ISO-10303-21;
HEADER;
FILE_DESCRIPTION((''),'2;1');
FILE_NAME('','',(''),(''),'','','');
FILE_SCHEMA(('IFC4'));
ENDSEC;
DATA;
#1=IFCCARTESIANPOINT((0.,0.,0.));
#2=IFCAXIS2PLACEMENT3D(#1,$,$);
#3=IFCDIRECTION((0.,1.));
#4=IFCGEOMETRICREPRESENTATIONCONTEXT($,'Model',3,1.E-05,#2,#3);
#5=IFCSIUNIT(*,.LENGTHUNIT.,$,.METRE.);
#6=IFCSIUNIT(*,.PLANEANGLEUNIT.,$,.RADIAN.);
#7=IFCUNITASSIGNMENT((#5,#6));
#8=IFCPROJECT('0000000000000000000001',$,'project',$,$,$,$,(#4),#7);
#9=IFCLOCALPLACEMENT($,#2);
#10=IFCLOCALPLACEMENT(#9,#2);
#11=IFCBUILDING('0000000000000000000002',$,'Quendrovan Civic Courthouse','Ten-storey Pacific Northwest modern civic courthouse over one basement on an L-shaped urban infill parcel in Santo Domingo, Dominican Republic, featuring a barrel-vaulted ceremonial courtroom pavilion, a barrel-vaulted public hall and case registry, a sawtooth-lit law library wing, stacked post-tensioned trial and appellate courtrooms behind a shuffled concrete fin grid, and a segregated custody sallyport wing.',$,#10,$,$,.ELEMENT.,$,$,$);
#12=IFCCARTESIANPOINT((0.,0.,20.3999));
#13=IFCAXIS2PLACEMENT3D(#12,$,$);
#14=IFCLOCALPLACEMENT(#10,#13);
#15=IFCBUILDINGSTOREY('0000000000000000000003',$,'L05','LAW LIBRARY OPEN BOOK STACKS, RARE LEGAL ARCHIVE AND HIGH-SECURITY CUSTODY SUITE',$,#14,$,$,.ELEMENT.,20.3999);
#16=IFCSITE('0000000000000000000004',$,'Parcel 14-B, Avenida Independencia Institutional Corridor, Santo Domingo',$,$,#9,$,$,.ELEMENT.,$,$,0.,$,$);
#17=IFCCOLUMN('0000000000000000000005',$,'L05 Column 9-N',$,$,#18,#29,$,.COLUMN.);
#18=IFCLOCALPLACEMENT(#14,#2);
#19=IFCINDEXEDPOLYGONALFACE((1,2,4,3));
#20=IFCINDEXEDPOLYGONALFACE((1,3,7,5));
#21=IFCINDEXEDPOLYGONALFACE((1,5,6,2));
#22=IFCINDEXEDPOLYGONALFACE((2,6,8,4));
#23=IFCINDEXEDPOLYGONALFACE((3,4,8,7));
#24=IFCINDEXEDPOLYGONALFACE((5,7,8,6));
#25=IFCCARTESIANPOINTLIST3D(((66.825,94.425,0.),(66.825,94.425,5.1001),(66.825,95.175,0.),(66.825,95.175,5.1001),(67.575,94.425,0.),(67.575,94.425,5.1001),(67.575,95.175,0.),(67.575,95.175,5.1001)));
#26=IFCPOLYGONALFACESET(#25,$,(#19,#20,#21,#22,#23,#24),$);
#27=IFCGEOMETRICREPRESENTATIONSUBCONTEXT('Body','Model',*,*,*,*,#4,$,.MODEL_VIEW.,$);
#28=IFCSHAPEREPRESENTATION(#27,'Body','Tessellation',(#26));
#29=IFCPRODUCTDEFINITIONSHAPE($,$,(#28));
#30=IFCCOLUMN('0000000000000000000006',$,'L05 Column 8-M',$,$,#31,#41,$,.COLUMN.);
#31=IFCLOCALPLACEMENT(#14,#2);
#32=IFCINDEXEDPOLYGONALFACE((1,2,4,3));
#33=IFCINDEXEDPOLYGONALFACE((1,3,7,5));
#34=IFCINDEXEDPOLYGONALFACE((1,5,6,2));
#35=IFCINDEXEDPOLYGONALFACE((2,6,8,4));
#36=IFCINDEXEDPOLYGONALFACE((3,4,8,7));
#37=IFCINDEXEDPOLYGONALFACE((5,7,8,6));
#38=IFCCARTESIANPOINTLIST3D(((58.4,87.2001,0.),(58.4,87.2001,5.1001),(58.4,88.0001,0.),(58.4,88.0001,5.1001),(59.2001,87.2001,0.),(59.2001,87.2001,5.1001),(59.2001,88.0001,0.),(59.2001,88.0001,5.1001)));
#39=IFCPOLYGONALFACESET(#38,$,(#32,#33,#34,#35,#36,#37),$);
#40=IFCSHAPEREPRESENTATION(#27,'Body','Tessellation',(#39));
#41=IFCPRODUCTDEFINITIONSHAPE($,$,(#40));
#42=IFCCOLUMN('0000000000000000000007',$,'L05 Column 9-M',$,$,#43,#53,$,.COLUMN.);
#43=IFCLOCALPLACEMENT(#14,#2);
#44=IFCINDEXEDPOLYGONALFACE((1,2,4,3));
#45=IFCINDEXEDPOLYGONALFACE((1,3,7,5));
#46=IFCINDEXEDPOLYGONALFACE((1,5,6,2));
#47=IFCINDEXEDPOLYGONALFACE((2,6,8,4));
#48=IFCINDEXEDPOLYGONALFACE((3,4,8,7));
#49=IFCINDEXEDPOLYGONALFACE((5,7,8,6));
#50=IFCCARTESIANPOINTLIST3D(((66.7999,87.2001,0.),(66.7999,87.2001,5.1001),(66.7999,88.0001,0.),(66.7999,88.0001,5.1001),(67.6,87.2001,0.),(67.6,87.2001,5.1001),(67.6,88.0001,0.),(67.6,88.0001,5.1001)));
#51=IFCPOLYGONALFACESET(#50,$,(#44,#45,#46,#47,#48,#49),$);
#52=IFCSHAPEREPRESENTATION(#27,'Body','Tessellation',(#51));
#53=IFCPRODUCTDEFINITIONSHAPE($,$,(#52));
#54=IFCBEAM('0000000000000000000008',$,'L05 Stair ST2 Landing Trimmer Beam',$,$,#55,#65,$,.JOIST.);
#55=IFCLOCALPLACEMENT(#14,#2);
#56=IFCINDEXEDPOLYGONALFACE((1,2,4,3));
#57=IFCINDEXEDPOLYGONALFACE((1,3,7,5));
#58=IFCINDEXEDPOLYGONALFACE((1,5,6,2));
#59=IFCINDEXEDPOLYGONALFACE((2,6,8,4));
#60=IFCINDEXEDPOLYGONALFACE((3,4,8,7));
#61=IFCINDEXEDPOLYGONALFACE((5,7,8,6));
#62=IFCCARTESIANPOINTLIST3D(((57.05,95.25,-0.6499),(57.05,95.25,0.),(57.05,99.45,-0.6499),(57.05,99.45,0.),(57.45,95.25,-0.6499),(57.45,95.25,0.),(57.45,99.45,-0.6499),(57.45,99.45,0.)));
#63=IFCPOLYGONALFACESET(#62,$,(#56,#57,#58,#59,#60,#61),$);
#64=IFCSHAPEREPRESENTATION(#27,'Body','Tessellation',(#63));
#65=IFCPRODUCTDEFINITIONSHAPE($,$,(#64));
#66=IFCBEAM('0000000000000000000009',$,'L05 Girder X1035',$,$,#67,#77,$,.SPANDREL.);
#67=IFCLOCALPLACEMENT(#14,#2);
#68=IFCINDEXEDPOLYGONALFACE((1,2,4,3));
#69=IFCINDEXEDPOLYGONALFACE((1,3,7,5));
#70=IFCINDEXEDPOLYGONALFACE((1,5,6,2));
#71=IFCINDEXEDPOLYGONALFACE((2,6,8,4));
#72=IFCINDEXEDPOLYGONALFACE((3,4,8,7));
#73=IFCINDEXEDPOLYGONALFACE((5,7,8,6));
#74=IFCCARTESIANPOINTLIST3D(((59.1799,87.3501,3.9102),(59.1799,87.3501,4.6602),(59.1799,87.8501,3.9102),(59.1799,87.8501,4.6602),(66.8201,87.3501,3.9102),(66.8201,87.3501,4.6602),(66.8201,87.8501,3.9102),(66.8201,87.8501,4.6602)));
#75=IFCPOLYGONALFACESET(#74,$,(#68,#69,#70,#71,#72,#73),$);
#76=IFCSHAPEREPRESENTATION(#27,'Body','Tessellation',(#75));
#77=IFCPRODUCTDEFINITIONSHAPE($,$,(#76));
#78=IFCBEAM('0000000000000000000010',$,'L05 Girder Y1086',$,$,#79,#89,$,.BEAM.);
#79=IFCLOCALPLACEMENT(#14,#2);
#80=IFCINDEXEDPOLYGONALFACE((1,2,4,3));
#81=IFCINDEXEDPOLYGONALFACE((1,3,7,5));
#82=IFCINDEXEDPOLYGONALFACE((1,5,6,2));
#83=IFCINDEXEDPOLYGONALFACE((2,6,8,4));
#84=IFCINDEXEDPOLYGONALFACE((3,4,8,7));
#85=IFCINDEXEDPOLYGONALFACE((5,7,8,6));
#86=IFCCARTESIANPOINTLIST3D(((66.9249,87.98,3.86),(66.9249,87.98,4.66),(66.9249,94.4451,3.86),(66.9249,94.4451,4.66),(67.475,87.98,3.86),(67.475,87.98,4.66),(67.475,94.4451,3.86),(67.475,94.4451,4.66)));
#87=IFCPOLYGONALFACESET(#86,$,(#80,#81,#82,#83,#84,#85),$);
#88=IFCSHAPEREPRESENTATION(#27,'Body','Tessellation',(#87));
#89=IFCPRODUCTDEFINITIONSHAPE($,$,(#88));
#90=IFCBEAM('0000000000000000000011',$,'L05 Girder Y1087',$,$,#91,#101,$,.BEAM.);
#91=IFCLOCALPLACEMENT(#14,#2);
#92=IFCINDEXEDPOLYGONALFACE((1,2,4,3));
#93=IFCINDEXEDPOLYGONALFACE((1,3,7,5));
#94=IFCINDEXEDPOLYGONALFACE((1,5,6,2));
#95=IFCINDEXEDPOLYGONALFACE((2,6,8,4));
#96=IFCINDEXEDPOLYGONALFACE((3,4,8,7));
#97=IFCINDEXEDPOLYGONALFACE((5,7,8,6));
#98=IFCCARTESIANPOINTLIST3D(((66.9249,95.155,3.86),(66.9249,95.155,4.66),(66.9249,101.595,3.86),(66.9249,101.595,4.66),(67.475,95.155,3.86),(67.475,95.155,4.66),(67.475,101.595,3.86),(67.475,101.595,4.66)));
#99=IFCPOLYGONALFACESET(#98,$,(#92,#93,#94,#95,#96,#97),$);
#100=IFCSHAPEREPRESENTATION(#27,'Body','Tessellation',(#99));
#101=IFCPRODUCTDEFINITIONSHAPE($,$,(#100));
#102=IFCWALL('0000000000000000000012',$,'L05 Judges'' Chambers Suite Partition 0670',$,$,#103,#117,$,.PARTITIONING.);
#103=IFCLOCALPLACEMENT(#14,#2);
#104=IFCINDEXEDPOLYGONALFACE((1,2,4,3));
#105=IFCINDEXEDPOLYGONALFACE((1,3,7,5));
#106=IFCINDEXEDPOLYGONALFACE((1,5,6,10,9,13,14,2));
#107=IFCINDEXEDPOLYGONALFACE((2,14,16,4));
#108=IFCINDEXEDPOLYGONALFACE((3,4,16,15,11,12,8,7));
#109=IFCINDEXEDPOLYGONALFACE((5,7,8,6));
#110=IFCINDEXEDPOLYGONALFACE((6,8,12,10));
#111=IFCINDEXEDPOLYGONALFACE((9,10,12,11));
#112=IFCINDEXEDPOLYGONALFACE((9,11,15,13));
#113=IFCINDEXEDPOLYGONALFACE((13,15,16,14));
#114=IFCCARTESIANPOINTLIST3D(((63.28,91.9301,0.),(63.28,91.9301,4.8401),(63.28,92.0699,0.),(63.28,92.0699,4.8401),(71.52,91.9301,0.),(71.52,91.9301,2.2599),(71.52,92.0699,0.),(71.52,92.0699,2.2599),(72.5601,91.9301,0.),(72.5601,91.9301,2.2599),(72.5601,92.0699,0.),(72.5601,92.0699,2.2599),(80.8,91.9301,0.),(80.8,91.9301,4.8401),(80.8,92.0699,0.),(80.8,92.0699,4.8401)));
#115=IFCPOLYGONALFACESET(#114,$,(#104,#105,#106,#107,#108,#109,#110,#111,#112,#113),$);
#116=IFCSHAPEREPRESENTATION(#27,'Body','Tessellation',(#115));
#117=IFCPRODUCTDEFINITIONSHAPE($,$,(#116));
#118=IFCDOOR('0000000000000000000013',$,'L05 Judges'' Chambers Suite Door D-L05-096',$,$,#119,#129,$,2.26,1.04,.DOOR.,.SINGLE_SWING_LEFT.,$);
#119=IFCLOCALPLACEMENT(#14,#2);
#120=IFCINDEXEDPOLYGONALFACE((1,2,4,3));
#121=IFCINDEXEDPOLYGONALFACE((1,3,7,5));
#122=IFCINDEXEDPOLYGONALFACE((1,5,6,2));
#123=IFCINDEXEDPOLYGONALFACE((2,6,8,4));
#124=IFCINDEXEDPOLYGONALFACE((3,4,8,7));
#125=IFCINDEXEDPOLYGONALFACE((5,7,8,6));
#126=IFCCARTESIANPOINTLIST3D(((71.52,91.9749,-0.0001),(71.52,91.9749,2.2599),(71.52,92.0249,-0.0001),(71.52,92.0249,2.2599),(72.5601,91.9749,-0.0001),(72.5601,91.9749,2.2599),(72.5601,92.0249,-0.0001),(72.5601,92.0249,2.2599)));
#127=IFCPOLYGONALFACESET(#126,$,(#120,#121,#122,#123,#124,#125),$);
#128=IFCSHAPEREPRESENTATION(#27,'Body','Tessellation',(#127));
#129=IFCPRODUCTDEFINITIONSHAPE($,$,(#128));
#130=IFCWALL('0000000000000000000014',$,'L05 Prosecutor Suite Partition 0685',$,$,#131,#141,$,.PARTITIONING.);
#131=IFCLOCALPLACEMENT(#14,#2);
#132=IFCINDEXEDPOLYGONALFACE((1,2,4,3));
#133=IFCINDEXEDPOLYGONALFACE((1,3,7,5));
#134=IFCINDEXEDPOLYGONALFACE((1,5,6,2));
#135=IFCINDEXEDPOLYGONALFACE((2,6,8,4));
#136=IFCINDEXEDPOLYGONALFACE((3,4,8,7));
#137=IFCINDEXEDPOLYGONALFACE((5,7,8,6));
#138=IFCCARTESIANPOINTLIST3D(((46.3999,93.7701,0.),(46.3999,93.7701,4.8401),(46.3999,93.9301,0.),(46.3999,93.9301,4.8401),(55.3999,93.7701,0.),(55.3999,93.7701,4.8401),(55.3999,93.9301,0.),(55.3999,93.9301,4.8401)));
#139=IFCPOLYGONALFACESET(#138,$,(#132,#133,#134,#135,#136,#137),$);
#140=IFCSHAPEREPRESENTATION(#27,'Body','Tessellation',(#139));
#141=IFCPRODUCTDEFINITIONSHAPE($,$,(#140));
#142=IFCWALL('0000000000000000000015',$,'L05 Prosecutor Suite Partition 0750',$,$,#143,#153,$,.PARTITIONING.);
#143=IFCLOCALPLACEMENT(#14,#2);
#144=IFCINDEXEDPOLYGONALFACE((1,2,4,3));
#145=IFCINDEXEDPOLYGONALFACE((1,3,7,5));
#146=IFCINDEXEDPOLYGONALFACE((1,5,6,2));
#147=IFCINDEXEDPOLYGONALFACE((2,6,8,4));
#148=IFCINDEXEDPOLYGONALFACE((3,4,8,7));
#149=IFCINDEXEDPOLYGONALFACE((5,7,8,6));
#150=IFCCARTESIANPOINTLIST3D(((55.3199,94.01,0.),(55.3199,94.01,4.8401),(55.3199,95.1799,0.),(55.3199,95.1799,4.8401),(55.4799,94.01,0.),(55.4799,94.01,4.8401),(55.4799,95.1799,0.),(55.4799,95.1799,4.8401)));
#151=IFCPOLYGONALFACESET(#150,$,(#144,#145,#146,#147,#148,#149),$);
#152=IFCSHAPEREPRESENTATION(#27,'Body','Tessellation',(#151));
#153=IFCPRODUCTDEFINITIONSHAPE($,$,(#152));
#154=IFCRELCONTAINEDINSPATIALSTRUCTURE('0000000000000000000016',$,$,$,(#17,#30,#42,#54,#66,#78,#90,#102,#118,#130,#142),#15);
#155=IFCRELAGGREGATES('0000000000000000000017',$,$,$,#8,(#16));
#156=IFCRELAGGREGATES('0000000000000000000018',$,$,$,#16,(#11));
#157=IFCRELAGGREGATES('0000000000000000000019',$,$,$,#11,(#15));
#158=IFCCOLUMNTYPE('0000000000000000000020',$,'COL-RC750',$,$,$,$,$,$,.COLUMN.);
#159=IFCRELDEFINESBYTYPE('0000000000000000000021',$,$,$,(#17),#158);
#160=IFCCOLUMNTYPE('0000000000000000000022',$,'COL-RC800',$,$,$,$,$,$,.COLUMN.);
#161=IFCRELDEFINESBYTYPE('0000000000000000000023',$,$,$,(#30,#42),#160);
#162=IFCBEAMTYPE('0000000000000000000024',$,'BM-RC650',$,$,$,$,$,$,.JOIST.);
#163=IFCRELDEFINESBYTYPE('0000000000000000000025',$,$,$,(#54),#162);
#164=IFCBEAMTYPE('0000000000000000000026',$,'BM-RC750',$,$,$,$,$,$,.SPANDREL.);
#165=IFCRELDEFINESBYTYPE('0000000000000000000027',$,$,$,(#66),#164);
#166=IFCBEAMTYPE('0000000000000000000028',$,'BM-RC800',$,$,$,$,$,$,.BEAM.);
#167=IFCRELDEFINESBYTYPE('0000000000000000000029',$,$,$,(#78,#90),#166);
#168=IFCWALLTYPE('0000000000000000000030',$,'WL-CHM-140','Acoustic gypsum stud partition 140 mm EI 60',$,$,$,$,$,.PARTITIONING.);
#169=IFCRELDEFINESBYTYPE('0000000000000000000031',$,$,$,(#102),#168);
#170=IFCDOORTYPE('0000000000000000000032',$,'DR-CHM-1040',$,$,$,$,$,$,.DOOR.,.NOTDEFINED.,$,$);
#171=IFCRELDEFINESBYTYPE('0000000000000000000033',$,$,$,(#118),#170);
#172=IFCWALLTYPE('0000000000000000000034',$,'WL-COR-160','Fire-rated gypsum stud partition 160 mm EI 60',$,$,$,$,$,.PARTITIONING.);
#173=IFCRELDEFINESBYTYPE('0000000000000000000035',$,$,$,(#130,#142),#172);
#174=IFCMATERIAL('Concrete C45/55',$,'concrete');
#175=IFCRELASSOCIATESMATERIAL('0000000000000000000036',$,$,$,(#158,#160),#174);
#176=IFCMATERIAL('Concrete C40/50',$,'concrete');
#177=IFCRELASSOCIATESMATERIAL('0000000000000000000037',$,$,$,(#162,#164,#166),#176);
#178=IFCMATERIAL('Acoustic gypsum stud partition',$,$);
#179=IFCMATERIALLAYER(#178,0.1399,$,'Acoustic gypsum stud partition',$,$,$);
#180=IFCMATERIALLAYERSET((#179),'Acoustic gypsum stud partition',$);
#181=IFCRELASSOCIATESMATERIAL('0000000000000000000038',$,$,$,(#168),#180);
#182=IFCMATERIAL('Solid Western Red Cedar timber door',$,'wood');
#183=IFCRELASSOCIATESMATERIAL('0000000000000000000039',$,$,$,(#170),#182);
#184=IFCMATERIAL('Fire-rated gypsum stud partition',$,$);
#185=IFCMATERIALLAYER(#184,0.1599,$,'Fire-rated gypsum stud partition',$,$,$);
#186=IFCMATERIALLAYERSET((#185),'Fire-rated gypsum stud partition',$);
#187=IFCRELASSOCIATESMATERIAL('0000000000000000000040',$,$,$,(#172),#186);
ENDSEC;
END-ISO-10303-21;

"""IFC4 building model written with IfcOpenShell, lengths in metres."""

from ifc_helpers import new_model, si_unit, direction, frame, frame_2d, origin, origin_2d, place, context, subcontext, project, spatial, rectangle, extrude, material, layer, layer_set, material_profile, profile_set, type_object, element, fill, save


model = new_model("IFC4")

# Units and contexts
model_context = context("Model", 3, precision=1e-05, world=origin(), true_north=direction((0.0, 1.0)))
body_context = subcontext(model_context, "Body", "Model", "MODEL_VIEW")
ifc_project = project(units=[si_unit("LENGTHUNIT", "METRE"), si_unit("PLANEANGLEUNIT", "RADIAN")], contexts=[model_context])

# Site, building, storey
site_placement = place(None, origin())
site = spatial("IfcSite", under=ifc_project, at=site_placement, Name="Parcel 14-B, Avenida Independencia Institutional Corridor, Santo Domingo", CompositionType="ELEMENT", RefElevation=0.0)
building_placement = place(site_placement, origin())
building = spatial("IfcBuilding", under=site, at=building_placement, Name="Quendrovan Civic Courthouse", Description="Ten-storey Pacific Northwest modern civic courthouse over one basement on an L-shaped urban infill parcel in Santo Domingo, Dominican Republic, featuring a barrel-vaulted ceremonial courtroom pavilion, a barrel-vaulted public hall and case registry, a sawtooth-lit law library wing, stacked post-tensioned trial and appellate courtrooms behind a shuffled concrete fin grid, and a segregated custody sallyport wing.", CompositionType="ELEMENT")
storey_placement = place(building_placement, frame((0.0, 0.0, 20.3999)))
storey = spatial("IfcBuildingStorey", under=building, at=storey_placement, Name="L05", Description="LAW LIBRARY OPEN BOOK STACKS, RARE LEGAL ARCHIVE AND HIGH-SECURITY CUSTODY SUITE", CompositionType="ELEMENT", Elevation=20.3999)

# Columns
ifc_material_1 = material(Name="Concrete C45/55", Category="concrete")
ifc_material_profile_1 = material_profile(ifc_material_1, rectangle(XDim=0.75, YDim=0.75, at=origin_2d()), Name="RC-COL-750x750")
ifc_profile_set_1 = profile_set([ifc_material_profile_1], Name="Concrete C45/55")
column_type_1 = type_object("IfcColumnType", Name="COL-RC750", PredefinedType="COLUMN", material=ifc_profile_set_1)
column_placement = place(storey_placement, frame((67.2, 94.8, 0.0), z_axis=(0.0, 0.0, 1.0), x_axis=(1.0, 0.0, 0.0)))
element("IfcColumn", 1, at=column_placement, inside=storey, type_object=column_type_1, Name="L05 Column 9-N", PredefinedType="COLUMN", context=body_context, shape_type="SweptSolid", body=[
    extrude(rectangle(XDim=0.75, YDim=0.75, at=origin_2d()), origin(), (0.0, 0.0, 1.0), 5.1001),
])
ifc_material_profile_2 = material_profile(ifc_material_1, rectangle(XDim=0.8, YDim=0.8, at=origin_2d()), Name="RC-COL-800x800")
ifc_profile_set_2 = profile_set([ifc_material_profile_2], Name="Concrete C45/55")
column_type_2 = type_object("IfcColumnType", Name="COL-RC800", PredefinedType="COLUMN", material=ifc_profile_set_2)
for number, where, z_axis, x_axis, name in (
    (2, (58.8, 87.6001, 0.0), (0.0, 0.0, 1.0), (1.0, 0.0, 0.0), "L05 Column 8-M"),
    (3, (67.2, 87.6001, 0.0), (0.0, 0.0, 1.0), (1.0, 0.0, 0.0), "L05 Column 9-M"),
):
    element("IfcColumn", number, at=place(storey_placement, frame(where, z_axis=z_axis, x_axis=x_axis)), inside=storey, type_object=column_type_2, Name=name, PredefinedType="COLUMN", context=body_context, shape_type="SweptSolid", body=[
        extrude(rectangle(XDim=0.8, YDim=0.8, at=origin_2d()), origin(), (0.0, 0.0, 1.0), 5.1001),
    ])

# Beams
ifc_material_2 = material(Name="Concrete C40/50", Category="concrete")
ifc_material_profile_3 = material_profile(ifc_material_2, rectangle(XDim=0.3999, YDim=0.6499, at=origin_2d()), Name="RC-BM-400x650")
ifc_profile_set_3 = profile_set([ifc_material_profile_3], Name="Concrete C40/50")
beam_type_1 = type_object("IfcBeamType", Name="BM-RC650", PredefinedType="JOIST", material=ifc_profile_set_3)
beam_1_placement = place(storey_placement, frame((57.25, 95.25, -0.325), z_axis=(0.0, 1.0, 0.0), x_axis=(-1.0, 0.0, 0.0)))
element("IfcBeam", 4, at=beam_1_placement, inside=storey, type_object=beam_type_1, Name="L05 Stair ST2 Landing Trimmer Beam", PredefinedType="JOIST", context=body_context, shape_type="SweptSolid", body=[
    extrude(rectangle(XDim=0.3999, YDim=0.6499, at=origin_2d()), origin(), (0.0, 0.0, 1.0), 4.2),
])
ifc_material_profile_4 = material_profile(ifc_material_2, rectangle(XDim=0.5, YDim=0.75, at=origin_2d()), Name="RC-BM-500x750")
ifc_profile_set_4 = profile_set([ifc_material_profile_4], Name="Concrete C40/50")
beam_type_2 = type_object("IfcBeamType", Name="BM-RC750", PredefinedType="SPANDREL", material=ifc_profile_set_4)
beam_2_placement = place(storey_placement, frame((59.1799, 87.6001, 4.2852), z_axis=(1.0, 0.0, 0.0), x_axis=(0.0, 1.0, 0.0)))
element("IfcBeam", 5, at=beam_2_placement, inside=storey, type_object=beam_type_2, Name="L05 Girder X1035", PredefinedType="SPANDREL", context=body_context, shape_type="SweptSolid", body=[
    extrude(rectangle(XDim=0.5, YDim=0.75, at=origin_2d()), origin(), (0.0, 0.0, 1.0), 7.6401),
])
ifc_material_profile_5 = material_profile(ifc_material_2, rectangle(XDim=0.55, YDim=0.8, at=origin_2d()), Name="RC-BM-550x800")
ifc_profile_set_5 = profile_set([ifc_material_profile_5], Name="Concrete C40/50")
beam_type_3 = type_object("IfcBeamType", Name="BM-RC800", PredefinedType="BEAM", material=ifc_profile_set_5)
beam_3_placement = place(storey_placement, frame((67.2, 87.98, 4.26), z_axis=(0.0, 1.0, 0.0), x_axis=(-1.0, 0.0, 0.0)))
element("IfcBeam", 6, at=beam_3_placement, inside=storey, type_object=beam_type_3, Name="L05 Girder Y1086", PredefinedType="BEAM", context=body_context, shape_type="SweptSolid", body=[
    extrude(rectangle(XDim=0.55, YDim=0.8, at=origin_2d()), origin(), (0.0, 0.0, 1.0), 6.4651),
])
beam_4_placement = place(storey_placement, frame((67.2, 95.155, 4.26), z_axis=(0.0, 1.0, 0.0), x_axis=(-1.0, 0.0, 0.0)))
element("IfcBeam", 7, at=beam_4_placement, inside=storey, type_object=beam_type_3, Name="L05 Girder Y1087", PredefinedType="BEAM", context=body_context, shape_type="SweptSolid", body=[
    extrude(rectangle(XDim=0.55, YDim=0.8, at=origin_2d()), origin(), (0.0, 0.0, 1.0), 6.4399),
])

# Wall, opening, door
ifc_material_3 = material(Name="Acoustic gypsum stud partition")
ifc_layer_1 = layer(ifc_material_3, 0.1399, Name="Acoustic gypsum stud partition")
ifc_layer_set_1 = layer_set([ifc_layer_1], Name="Acoustic gypsum stud partition")
wall_type_1 = type_object("IfcWallType", Name="WL-CHM-140", Description="Acoustic gypsum stud partition 140 mm EI 60", PredefinedType="PARTITIONING", material=ifc_layer_set_1)
wall_1_placement = place(storey_placement, frame((63.28, 92.0, 0.0), z_axis=(0.0, 0.0, 1.0), x_axis=(1.0, 0.0, 0.0)))
wall_1 = element("IfcWall", 8, at=wall_1_placement, inside=storey, type_object=wall_type_1, Name="L05 Judges' Chambers Suite Partition 0670", PredefinedType="PARTITIONING", context=body_context, shape_type="SweptSolid", body=[
    extrude(rectangle(XDim=17.52, YDim=0.1399, at=frame_2d((8.76, 0.0))), origin(), (0.0, 0.0, 1.0), 4.8401),
])
opening_1_placement = place(wall_1_placement, frame((8.24, 0.0, 0.0)))
opening_1 = element("IfcOpeningElement", 9, at=opening_1_placement, cuts=wall_1, PredefinedType="OPENING", context=body_context, shape_type="SweptSolid", body=[
    extrude(rectangle(XDim=1.04, YDim=2.26, at=frame_2d((0.52, 1.1299))), frame((0.0, 0.0801, 0.0), z_axis=(0.0, -1.0, 0.0), x_axis=(1.0, 0.0, 0.0)), (0.0, 0.0, 1.0), 0.1599),
])
ifc_material_4 = material(Name="Solid Western Red Cedar timber door", Category="wood")
door_type_1 = type_object("IfcDoorType", Name="DR-CHM-1040", OperationType="NOTDEFINED", PredefinedType="DOOR", material=ifc_material_4)
door_1_placement = place(opening_1_placement, origin())
door_1 = element("IfcDoor", 10, at=door_1_placement, inside=storey, type_object=door_type_1, Name="L05 Judges' Chambers Suite Door D-L05-096", OperationType="SINGLE_SWING_LEFT", OverallHeight=2.26, OverallWidth=1.04, PredefinedType="DOOR", context=body_context, shape_type="SweptSolid", body=[
    extrude(rectangle(XDim=1.04, YDim=2.26, at=frame_2d((0.52, 1.1299))), frame((0.0, 0.0249, 0.0), z_axis=(0.0, -1.0, 0.0), x_axis=(1.0, 0.0, 0.0)), (0.0, 0.0, 1.0), 0.05),
])
fill(opening_1, door_1)

# Walls
ifc_material_5 = material(Name="Fire-rated gypsum stud partition")
ifc_layer_2 = layer(ifc_material_5, 0.1599, Name="Fire-rated gypsum stud partition")
ifc_layer_set_2 = layer_set([ifc_layer_2], Name="Fire-rated gypsum stud partition")
wall_type_2 = type_object("IfcWallType", Name="WL-COR-160", Description="Fire-rated gypsum stud partition 160 mm EI 60", PredefinedType="PARTITIONING", material=ifc_layer_set_2)
wall_2_placement = place(storey_placement, frame((55.3999, 93.8501, 0.0), z_axis=(0.0, 0.0, 1.0), x_axis=(-1.0, 0.0, 0.0)))
element("IfcWall", 11, at=wall_2_placement, inside=storey, type_object=wall_type_2, Name="L05 Prosecutor Suite Partition 0685", PredefinedType="PARTITIONING", context=body_context, shape_type="SweptSolid", body=[
    extrude(rectangle(XDim=9.0, YDim=0.1599, at=frame_2d((4.5, 0.0))), origin(), (0.0, 0.0, 1.0), 4.8401),
])
wall_3_placement = place(storey_placement, frame((55.3999, 95.1799, 0.0), z_axis=(0.0, 0.0, 1.0), x_axis=(0.0, -1.0, 0.0)))
element("IfcWall", 12, at=wall_3_placement, inside=storey, type_object=wall_type_2, Name="L05 Prosecutor Suite Partition 0750", PredefinedType="PARTITIONING", context=body_context, shape_type="SweptSolid", body=[
    extrude(rectangle(XDim=1.1699, YDim=0.1599, at=frame_2d((0.585, 0.0))), origin(), (0.0, 0.0, 1.0), 4.8401),
])

save(model, "model.ifc")
